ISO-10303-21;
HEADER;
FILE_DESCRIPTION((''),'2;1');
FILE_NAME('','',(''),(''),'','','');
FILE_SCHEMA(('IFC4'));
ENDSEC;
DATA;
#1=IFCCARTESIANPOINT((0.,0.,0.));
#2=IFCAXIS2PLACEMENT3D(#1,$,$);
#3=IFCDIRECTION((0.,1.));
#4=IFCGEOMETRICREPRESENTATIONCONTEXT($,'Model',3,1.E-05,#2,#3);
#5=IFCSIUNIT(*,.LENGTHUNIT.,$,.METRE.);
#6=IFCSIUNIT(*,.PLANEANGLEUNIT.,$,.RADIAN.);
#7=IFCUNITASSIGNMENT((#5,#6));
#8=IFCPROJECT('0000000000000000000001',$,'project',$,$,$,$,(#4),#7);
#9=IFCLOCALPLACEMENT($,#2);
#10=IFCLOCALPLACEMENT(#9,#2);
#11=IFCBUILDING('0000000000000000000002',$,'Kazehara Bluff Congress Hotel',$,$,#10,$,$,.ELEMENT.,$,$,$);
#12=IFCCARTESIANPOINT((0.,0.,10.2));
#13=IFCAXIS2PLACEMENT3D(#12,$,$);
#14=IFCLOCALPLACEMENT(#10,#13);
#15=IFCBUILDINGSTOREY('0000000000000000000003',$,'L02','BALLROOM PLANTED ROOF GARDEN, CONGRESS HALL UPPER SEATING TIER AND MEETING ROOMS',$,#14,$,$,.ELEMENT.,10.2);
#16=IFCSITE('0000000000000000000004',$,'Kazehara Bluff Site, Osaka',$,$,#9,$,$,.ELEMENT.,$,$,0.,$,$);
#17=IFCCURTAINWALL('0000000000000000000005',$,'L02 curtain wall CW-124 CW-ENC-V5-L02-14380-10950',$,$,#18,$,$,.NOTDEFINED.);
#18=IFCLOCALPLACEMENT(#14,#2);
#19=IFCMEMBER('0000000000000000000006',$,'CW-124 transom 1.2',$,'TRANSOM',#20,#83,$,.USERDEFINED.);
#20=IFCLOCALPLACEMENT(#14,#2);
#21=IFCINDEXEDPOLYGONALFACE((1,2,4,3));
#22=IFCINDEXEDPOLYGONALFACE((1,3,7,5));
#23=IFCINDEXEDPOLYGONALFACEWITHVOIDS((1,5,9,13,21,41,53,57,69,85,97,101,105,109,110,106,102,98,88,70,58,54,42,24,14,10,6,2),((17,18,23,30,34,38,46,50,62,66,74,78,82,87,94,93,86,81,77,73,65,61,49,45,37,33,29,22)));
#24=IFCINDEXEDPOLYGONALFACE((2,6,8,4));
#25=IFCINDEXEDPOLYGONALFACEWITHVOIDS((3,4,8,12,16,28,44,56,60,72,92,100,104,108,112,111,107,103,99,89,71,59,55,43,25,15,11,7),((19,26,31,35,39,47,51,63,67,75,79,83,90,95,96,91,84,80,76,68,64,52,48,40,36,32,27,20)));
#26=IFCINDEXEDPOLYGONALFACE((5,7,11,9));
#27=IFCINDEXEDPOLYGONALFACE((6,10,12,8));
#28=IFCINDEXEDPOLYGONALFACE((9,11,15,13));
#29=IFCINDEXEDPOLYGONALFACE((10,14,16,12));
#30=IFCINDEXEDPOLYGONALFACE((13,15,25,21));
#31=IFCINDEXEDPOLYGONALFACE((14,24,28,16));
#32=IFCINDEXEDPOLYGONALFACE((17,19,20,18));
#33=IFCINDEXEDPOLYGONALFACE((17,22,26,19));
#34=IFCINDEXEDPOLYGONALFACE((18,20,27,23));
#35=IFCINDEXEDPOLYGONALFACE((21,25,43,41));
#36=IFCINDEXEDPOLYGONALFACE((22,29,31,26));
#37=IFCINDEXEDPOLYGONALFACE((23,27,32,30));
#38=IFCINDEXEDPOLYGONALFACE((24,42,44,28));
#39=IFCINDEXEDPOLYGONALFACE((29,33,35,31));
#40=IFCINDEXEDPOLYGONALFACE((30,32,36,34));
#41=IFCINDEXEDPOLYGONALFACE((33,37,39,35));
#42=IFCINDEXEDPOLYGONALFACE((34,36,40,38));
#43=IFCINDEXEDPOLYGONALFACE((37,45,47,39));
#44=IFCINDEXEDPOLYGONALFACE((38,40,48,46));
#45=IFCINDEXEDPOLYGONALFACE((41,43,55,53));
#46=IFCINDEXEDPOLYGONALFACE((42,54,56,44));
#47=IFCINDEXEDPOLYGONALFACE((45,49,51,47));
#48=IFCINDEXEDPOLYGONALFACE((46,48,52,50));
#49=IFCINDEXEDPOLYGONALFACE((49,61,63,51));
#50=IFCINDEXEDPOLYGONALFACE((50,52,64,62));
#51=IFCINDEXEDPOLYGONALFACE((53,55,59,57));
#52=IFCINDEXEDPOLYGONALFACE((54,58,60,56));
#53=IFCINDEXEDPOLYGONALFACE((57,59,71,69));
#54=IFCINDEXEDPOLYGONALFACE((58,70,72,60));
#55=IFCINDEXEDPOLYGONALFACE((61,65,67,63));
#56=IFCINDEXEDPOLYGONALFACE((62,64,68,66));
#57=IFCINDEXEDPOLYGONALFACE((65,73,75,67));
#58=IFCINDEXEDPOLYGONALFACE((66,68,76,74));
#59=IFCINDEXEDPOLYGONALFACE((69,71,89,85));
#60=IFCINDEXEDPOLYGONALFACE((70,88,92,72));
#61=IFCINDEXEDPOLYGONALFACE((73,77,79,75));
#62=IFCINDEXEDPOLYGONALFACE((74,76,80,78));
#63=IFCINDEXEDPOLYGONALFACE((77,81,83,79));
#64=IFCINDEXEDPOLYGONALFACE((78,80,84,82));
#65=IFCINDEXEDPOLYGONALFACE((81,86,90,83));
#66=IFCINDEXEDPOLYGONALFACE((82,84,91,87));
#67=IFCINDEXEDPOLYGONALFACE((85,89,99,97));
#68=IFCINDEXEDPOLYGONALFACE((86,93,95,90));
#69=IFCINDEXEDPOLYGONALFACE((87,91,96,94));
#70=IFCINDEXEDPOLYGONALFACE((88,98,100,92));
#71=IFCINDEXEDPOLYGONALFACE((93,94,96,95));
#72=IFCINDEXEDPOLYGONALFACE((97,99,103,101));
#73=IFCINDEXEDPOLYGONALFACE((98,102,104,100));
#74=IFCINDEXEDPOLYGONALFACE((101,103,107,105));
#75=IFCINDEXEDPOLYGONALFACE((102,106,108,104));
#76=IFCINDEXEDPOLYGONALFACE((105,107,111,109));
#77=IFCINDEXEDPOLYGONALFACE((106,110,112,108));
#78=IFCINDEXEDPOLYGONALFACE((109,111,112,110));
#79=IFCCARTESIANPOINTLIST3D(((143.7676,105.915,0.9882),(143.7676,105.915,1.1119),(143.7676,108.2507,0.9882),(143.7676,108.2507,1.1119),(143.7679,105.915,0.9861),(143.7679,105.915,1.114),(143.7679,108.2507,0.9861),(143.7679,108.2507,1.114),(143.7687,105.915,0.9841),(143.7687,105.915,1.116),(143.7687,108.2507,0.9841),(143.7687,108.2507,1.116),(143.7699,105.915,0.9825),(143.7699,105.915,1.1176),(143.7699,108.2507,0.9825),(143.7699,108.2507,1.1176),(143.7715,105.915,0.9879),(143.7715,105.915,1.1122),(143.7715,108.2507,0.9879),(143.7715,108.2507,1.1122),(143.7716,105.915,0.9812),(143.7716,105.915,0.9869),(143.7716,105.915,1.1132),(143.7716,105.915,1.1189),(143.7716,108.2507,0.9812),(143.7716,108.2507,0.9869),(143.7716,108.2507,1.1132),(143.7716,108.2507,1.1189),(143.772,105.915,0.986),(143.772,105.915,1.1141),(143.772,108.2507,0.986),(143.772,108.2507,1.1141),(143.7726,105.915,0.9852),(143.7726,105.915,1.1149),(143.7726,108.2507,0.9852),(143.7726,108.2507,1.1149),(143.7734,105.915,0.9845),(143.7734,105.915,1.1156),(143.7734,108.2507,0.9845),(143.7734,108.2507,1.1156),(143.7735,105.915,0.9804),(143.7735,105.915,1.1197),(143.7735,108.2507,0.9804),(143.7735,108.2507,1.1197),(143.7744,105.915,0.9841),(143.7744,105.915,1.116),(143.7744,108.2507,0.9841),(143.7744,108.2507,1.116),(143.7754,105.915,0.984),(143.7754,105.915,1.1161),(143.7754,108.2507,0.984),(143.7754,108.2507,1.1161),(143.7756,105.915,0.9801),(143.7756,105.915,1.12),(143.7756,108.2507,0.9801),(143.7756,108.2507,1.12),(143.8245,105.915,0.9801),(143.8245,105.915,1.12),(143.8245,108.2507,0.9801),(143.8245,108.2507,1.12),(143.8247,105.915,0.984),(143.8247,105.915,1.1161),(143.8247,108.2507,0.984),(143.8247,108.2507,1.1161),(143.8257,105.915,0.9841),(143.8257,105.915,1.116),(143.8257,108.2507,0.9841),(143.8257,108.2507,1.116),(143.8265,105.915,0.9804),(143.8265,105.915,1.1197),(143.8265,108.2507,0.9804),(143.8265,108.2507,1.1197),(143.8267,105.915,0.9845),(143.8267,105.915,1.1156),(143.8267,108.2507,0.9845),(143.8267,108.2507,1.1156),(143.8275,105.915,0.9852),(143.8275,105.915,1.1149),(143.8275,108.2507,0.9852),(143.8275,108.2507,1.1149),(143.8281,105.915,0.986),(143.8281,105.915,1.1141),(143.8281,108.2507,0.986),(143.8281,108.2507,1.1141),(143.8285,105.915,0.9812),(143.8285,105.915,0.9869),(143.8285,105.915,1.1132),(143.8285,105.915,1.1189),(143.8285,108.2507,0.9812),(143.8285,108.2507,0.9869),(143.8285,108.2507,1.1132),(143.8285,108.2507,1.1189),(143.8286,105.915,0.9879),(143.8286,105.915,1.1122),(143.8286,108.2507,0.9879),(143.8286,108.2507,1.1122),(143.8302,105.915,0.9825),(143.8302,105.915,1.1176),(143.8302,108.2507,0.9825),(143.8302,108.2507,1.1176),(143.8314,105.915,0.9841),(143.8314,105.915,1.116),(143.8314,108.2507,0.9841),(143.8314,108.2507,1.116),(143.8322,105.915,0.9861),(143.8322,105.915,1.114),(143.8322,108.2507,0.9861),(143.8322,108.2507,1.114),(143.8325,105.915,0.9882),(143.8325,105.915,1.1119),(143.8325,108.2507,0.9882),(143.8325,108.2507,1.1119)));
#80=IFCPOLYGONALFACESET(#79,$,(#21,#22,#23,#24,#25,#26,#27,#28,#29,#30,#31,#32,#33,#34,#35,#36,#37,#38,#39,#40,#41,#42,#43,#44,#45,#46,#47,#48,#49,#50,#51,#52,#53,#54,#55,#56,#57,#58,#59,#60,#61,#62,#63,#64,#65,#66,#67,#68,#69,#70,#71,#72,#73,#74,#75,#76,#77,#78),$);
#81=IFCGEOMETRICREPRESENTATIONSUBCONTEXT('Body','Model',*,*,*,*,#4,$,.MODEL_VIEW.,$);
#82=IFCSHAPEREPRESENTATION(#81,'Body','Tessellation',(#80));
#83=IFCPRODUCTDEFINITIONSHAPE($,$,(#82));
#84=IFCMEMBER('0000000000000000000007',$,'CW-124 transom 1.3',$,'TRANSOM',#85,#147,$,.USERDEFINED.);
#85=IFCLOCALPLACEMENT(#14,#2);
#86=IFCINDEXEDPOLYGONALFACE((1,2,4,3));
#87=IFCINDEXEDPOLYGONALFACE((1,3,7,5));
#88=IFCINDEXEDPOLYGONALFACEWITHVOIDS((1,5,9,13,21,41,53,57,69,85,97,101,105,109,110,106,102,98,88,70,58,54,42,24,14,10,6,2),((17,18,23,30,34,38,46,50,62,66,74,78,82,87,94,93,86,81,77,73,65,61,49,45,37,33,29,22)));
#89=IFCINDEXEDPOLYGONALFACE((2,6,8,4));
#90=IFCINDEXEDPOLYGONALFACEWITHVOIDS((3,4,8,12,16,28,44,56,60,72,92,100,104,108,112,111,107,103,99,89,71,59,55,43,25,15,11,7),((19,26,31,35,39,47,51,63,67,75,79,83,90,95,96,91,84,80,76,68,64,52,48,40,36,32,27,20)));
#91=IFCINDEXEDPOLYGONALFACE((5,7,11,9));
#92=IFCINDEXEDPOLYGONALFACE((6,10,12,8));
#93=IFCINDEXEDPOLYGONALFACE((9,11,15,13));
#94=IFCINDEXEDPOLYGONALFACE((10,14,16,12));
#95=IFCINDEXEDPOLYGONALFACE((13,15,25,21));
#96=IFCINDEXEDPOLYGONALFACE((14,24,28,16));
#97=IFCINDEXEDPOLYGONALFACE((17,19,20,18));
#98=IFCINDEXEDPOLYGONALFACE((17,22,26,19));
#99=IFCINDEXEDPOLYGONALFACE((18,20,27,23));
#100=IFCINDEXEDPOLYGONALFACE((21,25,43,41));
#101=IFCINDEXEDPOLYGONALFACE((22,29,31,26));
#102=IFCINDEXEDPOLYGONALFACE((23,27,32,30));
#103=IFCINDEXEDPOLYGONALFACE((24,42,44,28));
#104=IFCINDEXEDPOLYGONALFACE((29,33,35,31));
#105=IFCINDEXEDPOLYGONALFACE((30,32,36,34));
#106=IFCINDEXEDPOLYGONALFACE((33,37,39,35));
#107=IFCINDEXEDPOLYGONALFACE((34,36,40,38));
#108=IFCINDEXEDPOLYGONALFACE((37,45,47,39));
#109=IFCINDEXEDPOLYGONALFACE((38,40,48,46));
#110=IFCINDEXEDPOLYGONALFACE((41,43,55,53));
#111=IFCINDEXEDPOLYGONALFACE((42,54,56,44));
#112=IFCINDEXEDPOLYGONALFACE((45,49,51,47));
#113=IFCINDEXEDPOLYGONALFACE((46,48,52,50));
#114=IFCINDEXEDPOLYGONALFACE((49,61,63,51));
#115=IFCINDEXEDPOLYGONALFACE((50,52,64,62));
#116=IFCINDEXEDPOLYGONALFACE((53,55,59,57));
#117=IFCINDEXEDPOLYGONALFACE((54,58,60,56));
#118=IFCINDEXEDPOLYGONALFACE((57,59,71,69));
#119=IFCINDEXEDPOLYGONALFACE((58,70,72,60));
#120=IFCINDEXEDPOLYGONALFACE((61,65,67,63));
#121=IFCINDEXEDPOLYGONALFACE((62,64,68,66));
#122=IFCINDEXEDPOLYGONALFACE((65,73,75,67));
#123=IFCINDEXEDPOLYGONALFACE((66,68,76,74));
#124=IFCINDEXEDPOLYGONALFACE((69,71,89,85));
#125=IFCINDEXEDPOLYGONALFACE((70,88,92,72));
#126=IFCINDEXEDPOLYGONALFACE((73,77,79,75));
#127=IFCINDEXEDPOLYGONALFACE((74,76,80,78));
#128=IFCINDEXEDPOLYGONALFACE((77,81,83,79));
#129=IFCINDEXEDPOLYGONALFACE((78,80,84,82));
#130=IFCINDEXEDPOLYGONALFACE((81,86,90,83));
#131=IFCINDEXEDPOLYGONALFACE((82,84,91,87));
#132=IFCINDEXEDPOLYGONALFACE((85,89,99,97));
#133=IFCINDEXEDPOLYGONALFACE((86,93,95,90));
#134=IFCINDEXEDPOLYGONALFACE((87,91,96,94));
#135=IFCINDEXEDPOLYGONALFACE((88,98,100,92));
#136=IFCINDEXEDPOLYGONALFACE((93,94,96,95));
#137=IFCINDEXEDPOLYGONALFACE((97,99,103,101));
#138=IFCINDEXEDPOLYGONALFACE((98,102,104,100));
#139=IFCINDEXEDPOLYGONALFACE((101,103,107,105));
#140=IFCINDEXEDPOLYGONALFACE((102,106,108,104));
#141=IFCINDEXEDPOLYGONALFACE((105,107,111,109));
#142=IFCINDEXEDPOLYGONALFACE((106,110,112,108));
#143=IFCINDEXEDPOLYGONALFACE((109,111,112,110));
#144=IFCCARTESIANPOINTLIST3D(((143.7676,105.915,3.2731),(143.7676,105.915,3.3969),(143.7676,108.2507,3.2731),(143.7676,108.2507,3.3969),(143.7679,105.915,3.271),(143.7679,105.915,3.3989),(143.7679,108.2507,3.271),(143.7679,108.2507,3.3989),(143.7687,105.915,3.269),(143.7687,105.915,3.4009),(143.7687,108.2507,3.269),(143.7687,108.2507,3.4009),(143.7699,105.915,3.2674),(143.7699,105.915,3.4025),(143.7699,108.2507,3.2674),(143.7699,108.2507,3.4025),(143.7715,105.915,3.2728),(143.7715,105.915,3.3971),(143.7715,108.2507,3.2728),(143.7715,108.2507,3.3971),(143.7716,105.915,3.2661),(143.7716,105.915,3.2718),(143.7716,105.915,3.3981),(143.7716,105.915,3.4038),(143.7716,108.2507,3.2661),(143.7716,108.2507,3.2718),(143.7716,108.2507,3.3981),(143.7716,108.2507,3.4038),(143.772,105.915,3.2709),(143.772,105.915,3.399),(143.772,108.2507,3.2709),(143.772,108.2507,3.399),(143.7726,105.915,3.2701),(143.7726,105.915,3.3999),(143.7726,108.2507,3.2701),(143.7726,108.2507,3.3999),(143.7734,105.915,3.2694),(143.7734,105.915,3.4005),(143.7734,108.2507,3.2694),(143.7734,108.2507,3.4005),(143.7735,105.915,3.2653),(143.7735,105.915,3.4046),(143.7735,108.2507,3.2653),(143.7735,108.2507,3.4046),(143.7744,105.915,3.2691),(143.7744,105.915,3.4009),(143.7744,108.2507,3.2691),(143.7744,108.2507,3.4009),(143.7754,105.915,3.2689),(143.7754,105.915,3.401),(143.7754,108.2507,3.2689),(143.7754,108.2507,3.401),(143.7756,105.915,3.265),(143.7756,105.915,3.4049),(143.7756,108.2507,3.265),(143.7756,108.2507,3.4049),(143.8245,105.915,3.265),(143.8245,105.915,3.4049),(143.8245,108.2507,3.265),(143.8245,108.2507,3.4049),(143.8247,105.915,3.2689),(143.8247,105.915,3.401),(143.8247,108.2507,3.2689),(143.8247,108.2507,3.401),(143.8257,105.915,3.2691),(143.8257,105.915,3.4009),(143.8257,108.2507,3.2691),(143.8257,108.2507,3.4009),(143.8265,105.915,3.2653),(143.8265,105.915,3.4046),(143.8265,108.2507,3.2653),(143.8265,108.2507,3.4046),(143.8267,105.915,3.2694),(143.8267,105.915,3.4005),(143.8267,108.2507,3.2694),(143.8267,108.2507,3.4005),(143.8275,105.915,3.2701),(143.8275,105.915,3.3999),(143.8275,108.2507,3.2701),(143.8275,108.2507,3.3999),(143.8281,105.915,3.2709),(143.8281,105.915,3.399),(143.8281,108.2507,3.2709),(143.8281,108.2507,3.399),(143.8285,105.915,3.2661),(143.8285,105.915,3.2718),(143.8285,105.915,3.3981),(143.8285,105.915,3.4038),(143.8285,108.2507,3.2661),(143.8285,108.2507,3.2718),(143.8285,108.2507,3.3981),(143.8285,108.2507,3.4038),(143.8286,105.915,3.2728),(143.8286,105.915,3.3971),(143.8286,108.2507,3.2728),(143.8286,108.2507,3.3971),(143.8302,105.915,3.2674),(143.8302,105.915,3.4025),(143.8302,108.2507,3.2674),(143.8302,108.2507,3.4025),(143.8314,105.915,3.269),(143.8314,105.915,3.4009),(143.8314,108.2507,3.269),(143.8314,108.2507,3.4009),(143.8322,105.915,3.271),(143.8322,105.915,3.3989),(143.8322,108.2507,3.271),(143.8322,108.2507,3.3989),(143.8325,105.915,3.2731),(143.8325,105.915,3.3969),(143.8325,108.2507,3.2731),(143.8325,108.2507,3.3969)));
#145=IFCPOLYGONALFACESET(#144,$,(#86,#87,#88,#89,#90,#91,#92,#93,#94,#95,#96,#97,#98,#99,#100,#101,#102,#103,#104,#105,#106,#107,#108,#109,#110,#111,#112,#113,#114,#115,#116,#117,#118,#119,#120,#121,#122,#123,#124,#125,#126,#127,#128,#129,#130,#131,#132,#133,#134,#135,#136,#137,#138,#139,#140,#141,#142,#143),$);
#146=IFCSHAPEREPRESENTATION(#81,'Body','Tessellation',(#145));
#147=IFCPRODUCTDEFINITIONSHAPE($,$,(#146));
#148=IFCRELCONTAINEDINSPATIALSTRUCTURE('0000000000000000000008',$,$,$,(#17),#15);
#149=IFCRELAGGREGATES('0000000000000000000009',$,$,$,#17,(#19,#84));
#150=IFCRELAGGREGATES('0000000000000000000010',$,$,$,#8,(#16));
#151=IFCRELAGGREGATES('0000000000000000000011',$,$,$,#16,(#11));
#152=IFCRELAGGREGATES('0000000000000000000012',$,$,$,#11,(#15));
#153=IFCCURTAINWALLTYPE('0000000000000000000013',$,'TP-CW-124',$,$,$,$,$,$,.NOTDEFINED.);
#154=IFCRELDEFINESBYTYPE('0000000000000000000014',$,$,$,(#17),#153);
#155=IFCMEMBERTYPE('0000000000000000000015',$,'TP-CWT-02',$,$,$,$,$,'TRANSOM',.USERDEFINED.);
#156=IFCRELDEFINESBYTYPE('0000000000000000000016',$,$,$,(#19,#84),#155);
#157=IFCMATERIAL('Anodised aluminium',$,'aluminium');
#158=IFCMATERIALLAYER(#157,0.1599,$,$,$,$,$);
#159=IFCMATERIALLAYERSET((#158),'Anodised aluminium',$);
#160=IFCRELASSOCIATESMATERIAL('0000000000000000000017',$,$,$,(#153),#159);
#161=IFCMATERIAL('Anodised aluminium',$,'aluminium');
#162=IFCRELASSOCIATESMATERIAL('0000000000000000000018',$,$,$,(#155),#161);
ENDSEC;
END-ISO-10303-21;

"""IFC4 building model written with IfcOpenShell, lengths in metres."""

from ifc_helpers import new_model, si_unit, direction, frame, origin, origin_2d, place, context, subcontext, project, spatial, hollow_rectangle, extrude, material, layer, layer_set, material_profile, profile_set, type_object, element, aggregate, save


model = new_model("IFC4")

# Units and contexts
model_context = context("Model", 3, precision=1e-05, world=origin(), true_north=direction((0.0, 1.0)))
body_context = subcontext(model_context, "Body", "Model", "MODEL_VIEW")
ifc_project = project(units=[si_unit("LENGTHUNIT", "METRE"), si_unit("PLANEANGLEUNIT", "RADIAN")], contexts=[model_context])

# Site, building, storey
site_placement = place(None, origin())
site = spatial("IfcSite", under=ifc_project, at=site_placement, Name="Kazehara Bluff Site, Osaka", CompositionType="ELEMENT", RefElevation=0.0)
building_placement = place(site_placement, origin())
building = spatial("IfcBuilding", under=site, at=building_placement, Name="Kazehara Bluff Congress Hotel", CompositionType="ELEMENT")
storey_placement = place(building_placement, frame((0.0, 0.0, 10.2)))
storey = spatial("IfcBuildingStorey", under=building, at=storey_placement, Name="L02", Description="BALLROOM PLANTED ROOF GARDEN, CONGRESS HALL UPPER SEATING TIER AND MEETING ROOMS", CompositionType="ELEMENT", Elevation=10.2)

# Curtain wall, members
ifc_material_1 = material(Name="Anodised aluminium", Category="aluminium")
ifc_layer_1 = layer(ifc_material_1, 0.1599)
ifc_layer_set_1 = layer_set([ifc_layer_1], Name="Anodised aluminium")
curtain_wall_type = type_object("IfcCurtainWallType", Name="TP-CW-124", PredefinedType="NOTDEFINED", material=ifc_layer_set_1)
curtain_wall_placement = place(storey_placement, origin())
curtain_wall = element("IfcCurtainWall", 1, at=curtain_wall_placement, inside=storey, type_object=curtain_wall_type, Name="L02 curtain wall CW-124 CW-ENC-V5-L02-14380-10950", PredefinedType="NOTDEFINED")
ifc_material_2 = material(Name="Anodised aluminium", Category="aluminium")
ifc_material_profile_1 = material_profile(ifc_material_2, hollow_rectangle(XDim=0.0649, YDim=0.1399, WallThickness=0.0039, InnerFilletRadius=0.0039, OuterFilletRadius=0.0081, at=origin_2d()))
ifc_profile_set_1 = profile_set([ifc_material_profile_1], Name="Anodised aluminium")
member_type_1 = type_object("IfcMemberType", Name="TP-CWT-02", ElementType="TRANSOM", PredefinedType="USERDEFINED", material=ifc_profile_set_1)
member_1_placement = place(storey_placement, frame((143.8, 105.915, 1.05), z_axis=(0.0, 1.0, 0.0), x_axis=(-1.0, 0.0, 0.0)))
member_1 = element("IfcMember", 2, at=member_1_placement, type_object=member_type_1, Name="CW-124 transom 1.2", ObjectType="TRANSOM", PredefinedType="USERDEFINED", context=body_context, shape_type="SweptSolid", body=[
    extrude(hollow_rectangle(XDim=0.0649, YDim=0.1399, WallThickness=0.0039, InnerFilletRadius=0.0039, OuterFilletRadius=0.0081, at=origin_2d()), origin(), (0.0, 0.0, 1.0), 2.3357),
])
member_2_placement = place(storey_placement, frame((143.8, 105.915, 3.335), z_axis=(0.0, 1.0, 0.0), x_axis=(-1.0, 0.0, 0.0)))
member_2 = element("IfcMember", 3, at=member_2_placement, type_object=member_type_1, Name="CW-124 transom 1.3", ObjectType="TRANSOM", PredefinedType="USERDEFINED", context=body_context, shape_type="SweptSolid", body=[
    extrude(hollow_rectangle(XDim=0.0649, YDim=0.1399, WallThickness=0.0039, InnerFilletRadius=0.0039, OuterFilletRadius=0.0081, at=origin_2d()), origin(), (0.0, 0.0, 1.0), 2.3357),
])

aggregate(curtain_wall, [member_1, member_2])

save(model, "model.ifc")
